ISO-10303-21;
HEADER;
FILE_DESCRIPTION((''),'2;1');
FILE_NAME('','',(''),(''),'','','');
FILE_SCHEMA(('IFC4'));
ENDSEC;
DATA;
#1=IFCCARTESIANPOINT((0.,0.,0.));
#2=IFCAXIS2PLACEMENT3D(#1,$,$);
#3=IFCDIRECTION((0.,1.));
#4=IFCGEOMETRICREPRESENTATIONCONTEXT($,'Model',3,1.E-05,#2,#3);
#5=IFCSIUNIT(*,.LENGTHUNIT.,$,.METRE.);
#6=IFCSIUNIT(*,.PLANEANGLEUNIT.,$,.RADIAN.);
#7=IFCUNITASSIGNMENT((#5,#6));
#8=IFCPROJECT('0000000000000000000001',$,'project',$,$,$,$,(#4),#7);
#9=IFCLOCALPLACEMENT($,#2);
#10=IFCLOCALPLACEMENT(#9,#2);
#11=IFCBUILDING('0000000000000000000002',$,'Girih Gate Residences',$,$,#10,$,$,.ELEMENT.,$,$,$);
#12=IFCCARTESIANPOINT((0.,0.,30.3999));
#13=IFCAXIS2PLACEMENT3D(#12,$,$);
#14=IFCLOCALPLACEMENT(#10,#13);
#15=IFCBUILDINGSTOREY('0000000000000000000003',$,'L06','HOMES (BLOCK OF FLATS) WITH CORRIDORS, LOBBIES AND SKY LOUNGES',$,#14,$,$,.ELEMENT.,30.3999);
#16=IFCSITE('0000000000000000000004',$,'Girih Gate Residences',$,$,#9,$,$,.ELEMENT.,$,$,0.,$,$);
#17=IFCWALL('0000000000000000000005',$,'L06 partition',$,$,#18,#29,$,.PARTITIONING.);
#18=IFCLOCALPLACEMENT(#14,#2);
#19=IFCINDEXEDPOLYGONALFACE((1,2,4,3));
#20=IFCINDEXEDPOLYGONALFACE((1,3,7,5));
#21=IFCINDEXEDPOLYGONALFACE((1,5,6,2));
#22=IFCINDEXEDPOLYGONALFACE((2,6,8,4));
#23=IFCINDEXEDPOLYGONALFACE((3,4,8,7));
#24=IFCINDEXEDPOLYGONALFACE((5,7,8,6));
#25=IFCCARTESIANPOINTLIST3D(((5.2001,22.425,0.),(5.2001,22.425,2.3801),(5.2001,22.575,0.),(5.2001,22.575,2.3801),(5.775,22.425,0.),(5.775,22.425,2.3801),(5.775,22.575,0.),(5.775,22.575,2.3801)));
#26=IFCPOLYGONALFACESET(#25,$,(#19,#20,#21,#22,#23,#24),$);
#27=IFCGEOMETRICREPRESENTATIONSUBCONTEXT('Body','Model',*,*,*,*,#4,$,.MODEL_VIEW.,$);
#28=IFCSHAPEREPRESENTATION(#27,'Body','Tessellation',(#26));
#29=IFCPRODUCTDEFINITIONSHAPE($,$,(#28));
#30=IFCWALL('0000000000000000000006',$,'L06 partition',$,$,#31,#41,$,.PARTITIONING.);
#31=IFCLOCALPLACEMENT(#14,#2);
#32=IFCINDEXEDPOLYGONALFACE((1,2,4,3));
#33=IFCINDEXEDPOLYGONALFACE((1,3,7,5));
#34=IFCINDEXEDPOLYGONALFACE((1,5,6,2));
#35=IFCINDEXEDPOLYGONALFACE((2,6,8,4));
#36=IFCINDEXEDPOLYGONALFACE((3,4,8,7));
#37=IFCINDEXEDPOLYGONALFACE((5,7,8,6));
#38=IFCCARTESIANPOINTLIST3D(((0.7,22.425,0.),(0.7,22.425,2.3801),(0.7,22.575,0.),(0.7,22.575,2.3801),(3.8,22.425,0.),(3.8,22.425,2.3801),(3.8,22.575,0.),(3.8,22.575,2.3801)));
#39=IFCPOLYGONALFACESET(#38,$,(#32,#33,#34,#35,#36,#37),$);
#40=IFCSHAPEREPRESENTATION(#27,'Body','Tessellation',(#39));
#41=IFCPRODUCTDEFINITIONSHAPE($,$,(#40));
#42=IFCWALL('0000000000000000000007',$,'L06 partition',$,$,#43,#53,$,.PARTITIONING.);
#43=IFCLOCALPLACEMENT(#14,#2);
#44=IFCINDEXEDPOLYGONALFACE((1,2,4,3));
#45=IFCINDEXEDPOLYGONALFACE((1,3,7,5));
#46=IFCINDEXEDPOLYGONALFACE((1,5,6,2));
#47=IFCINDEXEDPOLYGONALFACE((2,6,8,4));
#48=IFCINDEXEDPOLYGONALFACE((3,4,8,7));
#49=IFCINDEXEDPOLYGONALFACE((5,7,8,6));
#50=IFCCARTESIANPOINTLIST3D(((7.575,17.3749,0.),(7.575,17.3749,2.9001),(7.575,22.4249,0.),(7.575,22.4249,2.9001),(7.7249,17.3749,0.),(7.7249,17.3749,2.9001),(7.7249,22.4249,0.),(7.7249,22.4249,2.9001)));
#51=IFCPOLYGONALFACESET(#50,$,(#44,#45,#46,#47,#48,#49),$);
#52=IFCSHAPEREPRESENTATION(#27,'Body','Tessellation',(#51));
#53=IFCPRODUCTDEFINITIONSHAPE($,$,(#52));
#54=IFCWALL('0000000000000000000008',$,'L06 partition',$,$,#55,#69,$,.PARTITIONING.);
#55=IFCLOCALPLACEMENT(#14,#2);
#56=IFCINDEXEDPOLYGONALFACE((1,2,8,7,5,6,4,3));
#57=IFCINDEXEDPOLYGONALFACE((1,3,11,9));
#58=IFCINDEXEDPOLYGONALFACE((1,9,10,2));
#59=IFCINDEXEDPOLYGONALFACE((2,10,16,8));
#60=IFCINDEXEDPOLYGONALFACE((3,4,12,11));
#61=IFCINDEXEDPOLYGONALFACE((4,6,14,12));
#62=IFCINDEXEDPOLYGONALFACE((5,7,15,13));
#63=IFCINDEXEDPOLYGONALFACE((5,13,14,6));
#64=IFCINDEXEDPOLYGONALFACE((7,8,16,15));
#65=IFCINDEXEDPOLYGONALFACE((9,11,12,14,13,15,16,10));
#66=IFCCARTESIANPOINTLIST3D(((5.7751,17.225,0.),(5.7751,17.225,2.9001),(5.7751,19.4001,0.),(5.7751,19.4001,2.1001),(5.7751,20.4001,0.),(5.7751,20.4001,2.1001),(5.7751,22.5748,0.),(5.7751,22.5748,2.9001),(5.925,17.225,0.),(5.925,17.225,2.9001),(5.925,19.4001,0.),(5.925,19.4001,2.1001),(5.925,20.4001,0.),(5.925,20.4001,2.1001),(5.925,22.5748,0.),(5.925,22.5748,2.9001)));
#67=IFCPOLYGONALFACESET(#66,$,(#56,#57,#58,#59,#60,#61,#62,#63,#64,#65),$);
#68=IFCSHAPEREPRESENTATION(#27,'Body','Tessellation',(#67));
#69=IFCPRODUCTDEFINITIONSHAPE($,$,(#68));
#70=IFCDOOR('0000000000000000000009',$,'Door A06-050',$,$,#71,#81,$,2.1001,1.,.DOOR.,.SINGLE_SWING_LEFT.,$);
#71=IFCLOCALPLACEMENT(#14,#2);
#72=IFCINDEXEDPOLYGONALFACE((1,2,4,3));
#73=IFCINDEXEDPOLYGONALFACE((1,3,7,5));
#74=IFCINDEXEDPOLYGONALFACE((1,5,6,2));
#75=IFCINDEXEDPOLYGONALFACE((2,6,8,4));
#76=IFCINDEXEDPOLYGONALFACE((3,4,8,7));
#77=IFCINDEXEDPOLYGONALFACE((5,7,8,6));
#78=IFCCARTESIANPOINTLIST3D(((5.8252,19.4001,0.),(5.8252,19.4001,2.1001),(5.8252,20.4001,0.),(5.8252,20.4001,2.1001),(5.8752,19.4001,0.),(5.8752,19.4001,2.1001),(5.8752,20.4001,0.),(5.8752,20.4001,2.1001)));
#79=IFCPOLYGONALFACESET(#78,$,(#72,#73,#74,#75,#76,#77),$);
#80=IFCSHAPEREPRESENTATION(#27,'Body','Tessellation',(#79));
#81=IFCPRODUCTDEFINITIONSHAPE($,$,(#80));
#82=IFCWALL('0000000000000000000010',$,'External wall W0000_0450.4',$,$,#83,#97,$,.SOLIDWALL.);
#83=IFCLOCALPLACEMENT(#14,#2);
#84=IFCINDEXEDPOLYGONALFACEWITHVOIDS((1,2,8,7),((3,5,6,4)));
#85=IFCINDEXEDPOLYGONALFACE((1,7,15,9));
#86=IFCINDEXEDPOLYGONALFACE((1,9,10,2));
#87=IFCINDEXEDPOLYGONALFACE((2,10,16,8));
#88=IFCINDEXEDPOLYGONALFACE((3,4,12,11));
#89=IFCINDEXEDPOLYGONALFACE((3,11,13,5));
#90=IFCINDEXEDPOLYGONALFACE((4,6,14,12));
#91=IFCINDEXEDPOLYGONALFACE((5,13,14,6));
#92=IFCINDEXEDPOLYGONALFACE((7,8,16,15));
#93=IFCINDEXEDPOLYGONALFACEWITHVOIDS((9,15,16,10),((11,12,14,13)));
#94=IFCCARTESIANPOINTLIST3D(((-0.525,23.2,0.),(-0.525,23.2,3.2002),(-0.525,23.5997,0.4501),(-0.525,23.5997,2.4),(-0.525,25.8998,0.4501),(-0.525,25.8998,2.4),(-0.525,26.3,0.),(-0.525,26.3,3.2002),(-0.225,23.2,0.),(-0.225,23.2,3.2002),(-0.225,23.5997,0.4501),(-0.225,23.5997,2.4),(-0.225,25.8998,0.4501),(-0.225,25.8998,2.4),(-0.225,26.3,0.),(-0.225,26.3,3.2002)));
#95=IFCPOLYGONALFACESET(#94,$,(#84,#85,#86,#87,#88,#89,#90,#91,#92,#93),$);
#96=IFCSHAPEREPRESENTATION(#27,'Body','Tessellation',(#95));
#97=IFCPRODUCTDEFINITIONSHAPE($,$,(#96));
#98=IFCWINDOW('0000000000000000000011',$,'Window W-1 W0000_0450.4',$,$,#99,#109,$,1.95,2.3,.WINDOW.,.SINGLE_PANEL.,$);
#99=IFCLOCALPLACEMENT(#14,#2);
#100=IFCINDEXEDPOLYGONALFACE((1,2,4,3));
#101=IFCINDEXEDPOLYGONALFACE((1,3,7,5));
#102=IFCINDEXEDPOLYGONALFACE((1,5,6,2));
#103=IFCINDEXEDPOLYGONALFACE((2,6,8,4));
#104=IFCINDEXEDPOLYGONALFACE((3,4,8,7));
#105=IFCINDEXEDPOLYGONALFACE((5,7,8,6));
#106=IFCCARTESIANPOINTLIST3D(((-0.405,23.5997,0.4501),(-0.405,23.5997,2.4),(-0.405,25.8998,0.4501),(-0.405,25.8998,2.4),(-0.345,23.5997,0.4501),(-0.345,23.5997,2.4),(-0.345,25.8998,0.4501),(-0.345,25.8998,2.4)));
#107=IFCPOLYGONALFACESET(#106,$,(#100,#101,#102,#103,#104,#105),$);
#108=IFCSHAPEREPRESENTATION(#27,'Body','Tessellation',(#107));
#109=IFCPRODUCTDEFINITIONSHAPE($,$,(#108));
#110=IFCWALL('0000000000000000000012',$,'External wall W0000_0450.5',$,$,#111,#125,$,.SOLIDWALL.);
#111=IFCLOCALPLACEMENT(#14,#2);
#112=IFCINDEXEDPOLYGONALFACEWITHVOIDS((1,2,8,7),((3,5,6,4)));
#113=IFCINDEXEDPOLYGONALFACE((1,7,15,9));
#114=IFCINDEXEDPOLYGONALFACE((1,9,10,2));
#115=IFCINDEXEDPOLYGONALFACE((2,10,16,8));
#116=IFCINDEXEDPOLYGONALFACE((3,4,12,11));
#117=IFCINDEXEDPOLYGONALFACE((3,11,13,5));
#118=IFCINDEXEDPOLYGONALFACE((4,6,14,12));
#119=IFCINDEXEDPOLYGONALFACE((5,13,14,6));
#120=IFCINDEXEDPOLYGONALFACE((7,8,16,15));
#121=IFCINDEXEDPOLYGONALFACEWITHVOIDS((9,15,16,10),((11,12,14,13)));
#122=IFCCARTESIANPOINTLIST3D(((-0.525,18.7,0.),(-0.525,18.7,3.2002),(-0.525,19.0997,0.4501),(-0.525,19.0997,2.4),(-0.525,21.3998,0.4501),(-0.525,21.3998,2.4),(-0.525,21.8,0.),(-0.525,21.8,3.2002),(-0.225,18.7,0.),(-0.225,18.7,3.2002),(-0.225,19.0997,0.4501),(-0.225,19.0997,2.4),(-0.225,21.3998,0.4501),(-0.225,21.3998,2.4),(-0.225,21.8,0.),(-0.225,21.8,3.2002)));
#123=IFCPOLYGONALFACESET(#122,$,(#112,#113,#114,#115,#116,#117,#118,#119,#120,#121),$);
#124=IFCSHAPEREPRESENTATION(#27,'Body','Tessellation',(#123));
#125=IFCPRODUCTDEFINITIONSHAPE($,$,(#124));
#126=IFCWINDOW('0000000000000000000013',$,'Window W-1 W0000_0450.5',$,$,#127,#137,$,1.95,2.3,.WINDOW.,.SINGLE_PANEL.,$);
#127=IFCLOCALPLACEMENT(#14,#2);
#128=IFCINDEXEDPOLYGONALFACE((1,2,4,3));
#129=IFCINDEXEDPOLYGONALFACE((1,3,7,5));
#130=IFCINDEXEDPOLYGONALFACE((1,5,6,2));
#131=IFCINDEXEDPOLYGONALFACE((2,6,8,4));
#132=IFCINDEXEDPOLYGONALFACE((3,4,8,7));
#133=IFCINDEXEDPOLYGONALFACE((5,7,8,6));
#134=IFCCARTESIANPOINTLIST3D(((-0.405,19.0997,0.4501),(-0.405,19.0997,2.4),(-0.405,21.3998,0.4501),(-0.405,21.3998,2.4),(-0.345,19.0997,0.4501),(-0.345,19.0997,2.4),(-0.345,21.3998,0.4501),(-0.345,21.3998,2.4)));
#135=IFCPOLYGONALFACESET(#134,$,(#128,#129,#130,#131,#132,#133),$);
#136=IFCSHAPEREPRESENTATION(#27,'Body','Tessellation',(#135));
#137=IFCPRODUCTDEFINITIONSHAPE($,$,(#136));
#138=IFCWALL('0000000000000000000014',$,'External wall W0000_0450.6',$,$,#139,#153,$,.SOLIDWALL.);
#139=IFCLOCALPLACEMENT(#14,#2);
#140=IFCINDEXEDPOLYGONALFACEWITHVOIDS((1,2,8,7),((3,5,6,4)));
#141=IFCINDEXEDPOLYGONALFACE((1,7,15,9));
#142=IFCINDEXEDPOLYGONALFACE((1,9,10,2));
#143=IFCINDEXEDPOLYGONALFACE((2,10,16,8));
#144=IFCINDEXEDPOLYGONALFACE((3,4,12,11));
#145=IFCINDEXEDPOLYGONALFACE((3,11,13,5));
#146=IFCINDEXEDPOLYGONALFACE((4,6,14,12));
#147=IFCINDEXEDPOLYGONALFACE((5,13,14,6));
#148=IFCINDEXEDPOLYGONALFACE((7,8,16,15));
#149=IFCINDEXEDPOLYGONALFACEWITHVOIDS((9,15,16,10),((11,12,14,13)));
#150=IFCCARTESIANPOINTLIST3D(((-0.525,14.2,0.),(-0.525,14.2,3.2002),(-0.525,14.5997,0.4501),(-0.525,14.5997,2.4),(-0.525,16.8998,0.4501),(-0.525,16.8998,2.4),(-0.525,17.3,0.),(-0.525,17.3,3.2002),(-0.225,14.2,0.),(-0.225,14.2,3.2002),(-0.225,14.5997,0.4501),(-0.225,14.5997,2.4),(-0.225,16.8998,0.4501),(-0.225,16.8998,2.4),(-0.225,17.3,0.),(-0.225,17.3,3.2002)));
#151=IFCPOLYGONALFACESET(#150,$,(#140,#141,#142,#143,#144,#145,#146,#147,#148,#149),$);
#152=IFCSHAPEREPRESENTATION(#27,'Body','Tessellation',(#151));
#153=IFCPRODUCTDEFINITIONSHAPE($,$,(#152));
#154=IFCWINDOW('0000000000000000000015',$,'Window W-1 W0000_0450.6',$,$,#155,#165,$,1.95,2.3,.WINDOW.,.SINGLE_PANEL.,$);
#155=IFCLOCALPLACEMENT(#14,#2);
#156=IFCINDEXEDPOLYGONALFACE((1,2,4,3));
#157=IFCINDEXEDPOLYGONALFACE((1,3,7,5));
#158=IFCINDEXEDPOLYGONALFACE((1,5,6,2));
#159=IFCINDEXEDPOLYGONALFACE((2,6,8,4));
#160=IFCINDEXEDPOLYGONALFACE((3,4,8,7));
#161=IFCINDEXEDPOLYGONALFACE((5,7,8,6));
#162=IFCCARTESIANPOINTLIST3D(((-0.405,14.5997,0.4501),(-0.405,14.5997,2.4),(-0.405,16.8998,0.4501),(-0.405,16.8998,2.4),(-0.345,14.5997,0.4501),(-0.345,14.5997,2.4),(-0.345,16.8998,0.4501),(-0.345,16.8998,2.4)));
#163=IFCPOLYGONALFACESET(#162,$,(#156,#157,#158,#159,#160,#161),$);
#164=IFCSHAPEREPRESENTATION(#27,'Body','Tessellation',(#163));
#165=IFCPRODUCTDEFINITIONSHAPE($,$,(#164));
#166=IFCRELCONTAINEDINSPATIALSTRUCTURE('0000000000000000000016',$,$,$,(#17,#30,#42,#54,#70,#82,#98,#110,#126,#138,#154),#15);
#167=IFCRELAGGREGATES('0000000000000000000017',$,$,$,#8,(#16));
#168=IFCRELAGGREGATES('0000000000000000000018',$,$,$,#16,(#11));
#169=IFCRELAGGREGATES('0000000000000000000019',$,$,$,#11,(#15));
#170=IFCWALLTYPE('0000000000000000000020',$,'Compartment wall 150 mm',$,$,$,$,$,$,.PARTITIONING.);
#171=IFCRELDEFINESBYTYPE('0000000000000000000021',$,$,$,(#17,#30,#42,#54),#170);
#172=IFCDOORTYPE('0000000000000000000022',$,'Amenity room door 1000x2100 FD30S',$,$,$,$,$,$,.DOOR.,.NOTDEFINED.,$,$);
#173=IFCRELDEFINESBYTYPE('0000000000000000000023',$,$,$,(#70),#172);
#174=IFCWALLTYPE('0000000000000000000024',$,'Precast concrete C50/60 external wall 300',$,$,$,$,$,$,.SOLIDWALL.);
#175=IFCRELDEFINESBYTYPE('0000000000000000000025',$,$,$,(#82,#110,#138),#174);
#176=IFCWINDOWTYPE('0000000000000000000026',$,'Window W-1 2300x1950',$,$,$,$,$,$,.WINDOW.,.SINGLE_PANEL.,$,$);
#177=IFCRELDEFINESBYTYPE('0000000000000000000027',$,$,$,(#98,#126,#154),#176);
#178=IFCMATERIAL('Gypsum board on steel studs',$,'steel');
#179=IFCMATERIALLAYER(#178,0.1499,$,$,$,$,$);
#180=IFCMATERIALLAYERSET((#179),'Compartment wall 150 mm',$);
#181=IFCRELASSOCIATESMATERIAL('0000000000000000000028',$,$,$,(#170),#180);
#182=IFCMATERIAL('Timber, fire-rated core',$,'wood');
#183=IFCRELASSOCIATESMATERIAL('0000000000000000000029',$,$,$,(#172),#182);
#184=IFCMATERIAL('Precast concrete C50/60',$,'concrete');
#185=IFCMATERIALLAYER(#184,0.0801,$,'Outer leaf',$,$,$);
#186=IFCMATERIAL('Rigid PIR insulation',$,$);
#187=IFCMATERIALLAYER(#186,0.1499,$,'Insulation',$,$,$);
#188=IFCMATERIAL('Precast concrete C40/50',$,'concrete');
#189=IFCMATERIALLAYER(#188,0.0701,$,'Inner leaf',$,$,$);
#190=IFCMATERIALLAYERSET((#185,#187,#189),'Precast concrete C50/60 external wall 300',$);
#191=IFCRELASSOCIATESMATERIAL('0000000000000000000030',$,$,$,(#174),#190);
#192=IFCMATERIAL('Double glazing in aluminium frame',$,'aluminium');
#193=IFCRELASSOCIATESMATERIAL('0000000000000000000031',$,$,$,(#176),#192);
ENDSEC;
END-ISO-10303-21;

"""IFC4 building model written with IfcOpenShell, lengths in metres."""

from ifc_helpers import new_model, si_unit, direction, frame, frame_2d, origin, place, context, subcontext, project, spatial, rectangle, extrude, material, layer, layer_set, type_object, element, fill, save


model = new_model("IFC4")

# Units and contexts
model_context = context("Model", 3, precision=1e-05, world=origin(), true_north=direction((0.0, 1.0)))
body_context = subcontext(model_context, "Body", "Model", "MODEL_VIEW")
ifc_project = project(units=[si_unit("LENGTHUNIT", "METRE"), si_unit("PLANEANGLEUNIT", "RADIAN")], contexts=[model_context])

# Site, building, storey
site_placement = place(None, origin())
site = spatial("IfcSite", under=ifc_project, at=site_placement, Name="Girih Gate Residences", CompositionType="ELEMENT", RefElevation=0.0)
building_placement = place(site_placement, origin())
building = spatial("IfcBuilding", under=site, at=building_placement, Name="Girih Gate Residences", CompositionType="ELEMENT")
storey_placement = place(building_placement, frame((0.0, 0.0, 30.3999)))
storey = spatial("IfcBuildingStorey", under=building, at=storey_placement, Name="L06", Description="HOMES (BLOCK OF FLATS) WITH CORRIDORS, LOBBIES AND SKY LOUNGES", CompositionType="ELEMENT", Elevation=30.3999)

# Shared definitions
ifc_material_1 = material(Name="Gypsum board on steel studs", Category="steel")
ifc_layer_1 = layer(ifc_material_1, 0.1499)
ifc_layer_set_1 = layer_set([ifc_layer_1], Name="Compartment wall 150 mm")
wall_type_1 = type_object("IfcWallType", Name="Compartment wall 150 mm", PredefinedType="PARTITIONING", material=ifc_layer_set_1)

# Walls
wall_1_placement = place(storey_placement, frame((5.2, 22.5, 0.0), z_axis=(0.0, 0.0, 1.0), x_axis=(1.0, 0.0, 0.0)))
element("IfcWall", 1, at=wall_1_placement, inside=storey, type_object=wall_type_1, Name="L06 partition", PredefinedType="PARTITIONING", context=body_context, shape_type="SweptSolid", body=[
    extrude(rectangle(XDim=0.575, YDim=0.1499, at=frame_2d((0.2876, 0.0))), origin(), (0.0, 0.0, 1.0), 2.3801),
])
wall_2_placement = place(storey_placement, frame((0.7, 22.5, 0.0), z_axis=(0.0, 0.0, 1.0), x_axis=(1.0, 0.0, 0.0)))
element("IfcWall", 2, at=wall_2_placement, inside=storey, type_object=wall_type_1, Name="L06 partition", PredefinedType="PARTITIONING", context=body_context, shape_type="SweptSolid", body=[
    extrude(rectangle(XDim=3.1001, YDim=0.1499, at=frame_2d((1.55, 0.0))), origin(), (0.0, 0.0, 1.0), 2.3801),
])
wall_3_placement = place(storey_placement, frame((7.6499, 17.375, 0.0), z_axis=(0.0, 0.0, 1.0), x_axis=(0.0, 1.0, 0.0)))
element("IfcWall", 3, at=wall_3_placement, inside=storey, type_object=wall_type_1, Name="L06 partition", PredefinedType="PARTITIONING", context=body_context, shape_type="SweptSolid", body=[
    extrude(rectangle(XDim=5.05, YDim=0.1499, at=frame_2d((2.5249, 0.0))), origin(), (0.0, 0.0, 1.0), 2.9001),
])

# Wall, opening, door
wall_4_placement = place(storey_placement, frame((5.8501, 17.2251, 0.0), z_axis=(0.0, 0.0, 1.0), x_axis=(0.0, 1.0, 0.0)))
wall_4 = element("IfcWall", 4, at=wall_4_placement, inside=storey, type_object=wall_type_1, Name="L06 partition", PredefinedType="PARTITIONING", context=body_context, shape_type="SweptSolid", body=[
    extrude(rectangle(XDim=5.3499, YDim=0.1499, at=frame_2d((2.6748, 0.0))), origin(), (0.0, 0.0, 1.0), 2.9001),
])
opening_1_placement = place(wall_4_placement, frame((2.175, 0.0, 0.0)))
opening_1 = element("IfcOpeningElement", 5, at=opening_1_placement, cuts=wall_4, PredefinedType="OPENING", context=body_context, shape_type="SweptSolid", body=[
    extrude(rectangle(XDim=1.0, YDim=2.1001, at=frame_2d((0.5, 1.05))), frame((0.0, 0.085, 0.0), z_axis=(0.0, -1.0, 0.0), x_axis=(1.0, 0.0, 0.0)), (0.0, 0.0, 1.0), 0.1699),
])
ifc_material_2 = material(Name="Timber, fire-rated core", Category="wood")
door_type_1 = type_object("IfcDoorType", Name="Amenity room door 1000x2100 FD30S", OperationType="NOTDEFINED", PredefinedType="DOOR", material=ifc_material_2)
door_1_placement = place(opening_1_placement, origin())
door_1 = element("IfcDoor", 6, at=door_1_placement, inside=storey, type_object=door_type_1, Name="Door A06-050", OperationType="SINGLE_SWING_LEFT", OverallHeight=2.1001, OverallWidth=1.0, PredefinedType="DOOR", context=body_context, shape_type="SweptSolid", body=[
    extrude(rectangle(XDim=1.0, YDim=2.1001, at=frame_2d((0.5, 1.05))), frame((0.0, 0.0249, 0.0), z_axis=(0.0, -1.0, 0.0), x_axis=(1.0, 0.0, 0.0)), (0.0, 0.0, 1.0), 0.05),
])
fill(opening_1, door_1)

# Walls, openings, windows
ifc_material_3 = material(Name="Precast concrete C50/60", Category="concrete")
ifc_layer_2 = layer(ifc_material_3, 0.0801, Name="Outer leaf")
ifc_material_4 = material(Name="Rigid PIR insulation")
ifc_layer_3 = layer(ifc_material_4, 0.1499, Name="Insulation")
ifc_material_5 = material(Name="Precast concrete C40/50", Category="concrete")
ifc_layer_4 = layer(ifc_material_5, 0.0701, Name="Inner leaf")
ifc_layer_set_2 = layer_set([ifc_layer_2, ifc_layer_3, ifc_layer_4], Name="Precast concrete C50/60 external wall 300")
wall_type_2 = type_object("IfcWallType", Name="Precast concrete C50/60 external wall 300", PredefinedType="SOLIDWALL", material=ifc_layer_set_2)
wall_5_placement = place(storey_placement, frame((-0.375, 23.2, 0.0), z_axis=(0.0, 0.0, 1.0), x_axis=(0.0, 1.0, 0.0)))
wall_5 = element("IfcWall", 7, at=wall_5_placement, inside=storey, type_object=wall_type_2, Name="External wall W0000_0450.4", PredefinedType="SOLIDWALL", context=body_context, shape_type="SweptSolid", body=[
    extrude(rectangle(XDim=3.1001, YDim=0.3, at=frame_2d((1.55, 0.0))), origin(), (0.0, 0.0, 1.0), 3.2002),
])
opening_2_placement = place(wall_5_placement, frame((0.3999, 0.0, 0.45)))
opening_2 = element("IfcOpeningElement", 8, at=opening_2_placement, cuts=wall_5, PredefinedType="OPENING", context=body_context, shape_type="SweptSolid", body=[
    extrude(rectangle(XDim=2.3, YDim=1.95, at=frame_2d((1.1499, 0.9751))), frame((0.0, 0.1599, 0.0), z_axis=(0.0, -1.0, 0.0), x_axis=(1.0, 0.0, 0.0)), (0.0, 0.0, 1.0), 0.3201),
])
ifc_material_6 = material(Name="Double glazing in aluminium frame", Category="aluminium")
window_type = type_object("IfcWindowType", Name="Window W-1 2300x1950", PartitioningType="SINGLE_PANEL", PredefinedType="WINDOW", material=ifc_material_6)
window_1_placement = place(opening_2_placement, origin())
window_1 = element("IfcWindow", 9, at=window_1_placement, inside=storey, type_object=window_type, Name="Window W-1 W0000_0450.4", OverallHeight=1.95, OverallWidth=2.3, PartitioningType="SINGLE_PANEL", PredefinedType="WINDOW", context=body_context, shape_type="SweptSolid", body=[
    extrude(rectangle(XDim=2.3, YDim=1.95, at=frame_2d((1.1499, 0.9751))), frame((0.0, 0.03, 0.0), z_axis=(0.0, -1.0, 0.0), x_axis=(1.0, 0.0, 0.0)), (0.0, 0.0, 1.0), 0.0601),
])
fill(opening_2, window_1)
wall_6_placement = place(storey_placement, frame((-0.375, 18.7, 0.0), z_axis=(0.0, 0.0, 1.0), x_axis=(0.0, 1.0, 0.0)))
wall_6 = element("IfcWall", 10, at=wall_6_placement, inside=storey, type_object=wall_type_2, Name="External wall W0000_0450.5", PredefinedType="SOLIDWALL", context=body_context, shape_type="SweptSolid", body=[
    extrude(rectangle(XDim=3.1001, YDim=0.3, at=frame_2d((1.55, 0.0))), origin(), (0.0, 0.0, 1.0), 3.2002),
])
opening_3_placement = place(wall_6_placement, frame((0.3999, 0.0, 0.45)))
opening_3 = element("IfcOpeningElement", 11, at=opening_3_placement, cuts=wall_6, PredefinedType="OPENING", context=body_context, shape_type="SweptSolid", body=[
    extrude(rectangle(XDim=2.3, YDim=1.95, at=frame_2d((1.1499, 0.9751))), frame((0.0, 0.1599, 0.0), z_axis=(0.0, -1.0, 0.0), x_axis=(1.0, 0.0, 0.0)), (0.0, 0.0, 1.0), 0.3201),
])
window_2_placement = place(opening_3_placement, origin())
window_2 = element("IfcWindow", 12, at=window_2_placement, inside=storey, type_object=window_type, Name="Window W-1 W0000_0450.5", OverallHeight=1.95, OverallWidth=2.3, PartitioningType="SINGLE_PANEL", PredefinedType="WINDOW", context=body_context, shape_type="SweptSolid", body=[
    extrude(rectangle(XDim=2.3, YDim=1.95, at=frame_2d((1.1499, 0.9751))), frame((0.0, 0.03, 0.0), z_axis=(0.0, -1.0, 0.0), x_axis=(1.0, 0.0, 0.0)), (0.0, 0.0, 1.0), 0.0601),
])
fill(opening_3, window_2)
wall_7_placement = place(storey_placement, frame((-0.375, 14.2, 0.0), z_axis=(0.0, 0.0, 1.0), x_axis=(0.0, 1.0, 0.0)))
wall_7 = element("IfcWall", 13, at=wall_7_placement, inside=storey, type_object=wall_type_2, Name="External wall W0000_0450.6", PredefinedType="SOLIDWALL", context=body_context, shape_type="SweptSolid", body=[
    extrude(rectangle(XDim=3.1001, YDim=0.3, at=frame_2d((1.55, 0.0))), origin(), (0.0, 0.0, 1.0), 3.2002),
])
opening_4_placement = place(wall_7_placement, frame((0.3999, 0.0, 0.45)))
opening_4 = element("IfcOpeningElement", 14, at=opening_4_placement, cuts=wall_7, PredefinedType="OPENING", context=body_context, shape_type="SweptSolid", body=[
    extrude(rectangle(XDim=2.3, YDim=1.95, at=frame_2d((1.1499, 0.9751))), frame((0.0, 0.1599, 0.0), z_axis=(0.0, -1.0, 0.0), x_axis=(1.0, 0.0, 0.0)), (0.0, 0.0, 1.0), 0.3201),
])
window_3_placement = place(opening_4_placement, origin())
window_3 = element("IfcWindow", 15, at=window_3_placement, inside=storey, type_object=window_type, Name="Window W-1 W0000_0450.6", OverallHeight=1.95, OverallWidth=2.3, PartitioningType="SINGLE_PANEL", PredefinedType="WINDOW", context=body_context, shape_type="SweptSolid", body=[
    extrude(rectangle(XDim=2.3, YDim=1.95, at=frame_2d((1.1499, 0.9751))), frame((0.0, 0.03, 0.0), z_axis=(0.0, -1.0, 0.0), x_axis=(1.0, 0.0, 0.0)), (0.0, 0.0, 1.0), 0.0601),
])
fill(opening_4, window_3)

save(model, "model.ifc")
